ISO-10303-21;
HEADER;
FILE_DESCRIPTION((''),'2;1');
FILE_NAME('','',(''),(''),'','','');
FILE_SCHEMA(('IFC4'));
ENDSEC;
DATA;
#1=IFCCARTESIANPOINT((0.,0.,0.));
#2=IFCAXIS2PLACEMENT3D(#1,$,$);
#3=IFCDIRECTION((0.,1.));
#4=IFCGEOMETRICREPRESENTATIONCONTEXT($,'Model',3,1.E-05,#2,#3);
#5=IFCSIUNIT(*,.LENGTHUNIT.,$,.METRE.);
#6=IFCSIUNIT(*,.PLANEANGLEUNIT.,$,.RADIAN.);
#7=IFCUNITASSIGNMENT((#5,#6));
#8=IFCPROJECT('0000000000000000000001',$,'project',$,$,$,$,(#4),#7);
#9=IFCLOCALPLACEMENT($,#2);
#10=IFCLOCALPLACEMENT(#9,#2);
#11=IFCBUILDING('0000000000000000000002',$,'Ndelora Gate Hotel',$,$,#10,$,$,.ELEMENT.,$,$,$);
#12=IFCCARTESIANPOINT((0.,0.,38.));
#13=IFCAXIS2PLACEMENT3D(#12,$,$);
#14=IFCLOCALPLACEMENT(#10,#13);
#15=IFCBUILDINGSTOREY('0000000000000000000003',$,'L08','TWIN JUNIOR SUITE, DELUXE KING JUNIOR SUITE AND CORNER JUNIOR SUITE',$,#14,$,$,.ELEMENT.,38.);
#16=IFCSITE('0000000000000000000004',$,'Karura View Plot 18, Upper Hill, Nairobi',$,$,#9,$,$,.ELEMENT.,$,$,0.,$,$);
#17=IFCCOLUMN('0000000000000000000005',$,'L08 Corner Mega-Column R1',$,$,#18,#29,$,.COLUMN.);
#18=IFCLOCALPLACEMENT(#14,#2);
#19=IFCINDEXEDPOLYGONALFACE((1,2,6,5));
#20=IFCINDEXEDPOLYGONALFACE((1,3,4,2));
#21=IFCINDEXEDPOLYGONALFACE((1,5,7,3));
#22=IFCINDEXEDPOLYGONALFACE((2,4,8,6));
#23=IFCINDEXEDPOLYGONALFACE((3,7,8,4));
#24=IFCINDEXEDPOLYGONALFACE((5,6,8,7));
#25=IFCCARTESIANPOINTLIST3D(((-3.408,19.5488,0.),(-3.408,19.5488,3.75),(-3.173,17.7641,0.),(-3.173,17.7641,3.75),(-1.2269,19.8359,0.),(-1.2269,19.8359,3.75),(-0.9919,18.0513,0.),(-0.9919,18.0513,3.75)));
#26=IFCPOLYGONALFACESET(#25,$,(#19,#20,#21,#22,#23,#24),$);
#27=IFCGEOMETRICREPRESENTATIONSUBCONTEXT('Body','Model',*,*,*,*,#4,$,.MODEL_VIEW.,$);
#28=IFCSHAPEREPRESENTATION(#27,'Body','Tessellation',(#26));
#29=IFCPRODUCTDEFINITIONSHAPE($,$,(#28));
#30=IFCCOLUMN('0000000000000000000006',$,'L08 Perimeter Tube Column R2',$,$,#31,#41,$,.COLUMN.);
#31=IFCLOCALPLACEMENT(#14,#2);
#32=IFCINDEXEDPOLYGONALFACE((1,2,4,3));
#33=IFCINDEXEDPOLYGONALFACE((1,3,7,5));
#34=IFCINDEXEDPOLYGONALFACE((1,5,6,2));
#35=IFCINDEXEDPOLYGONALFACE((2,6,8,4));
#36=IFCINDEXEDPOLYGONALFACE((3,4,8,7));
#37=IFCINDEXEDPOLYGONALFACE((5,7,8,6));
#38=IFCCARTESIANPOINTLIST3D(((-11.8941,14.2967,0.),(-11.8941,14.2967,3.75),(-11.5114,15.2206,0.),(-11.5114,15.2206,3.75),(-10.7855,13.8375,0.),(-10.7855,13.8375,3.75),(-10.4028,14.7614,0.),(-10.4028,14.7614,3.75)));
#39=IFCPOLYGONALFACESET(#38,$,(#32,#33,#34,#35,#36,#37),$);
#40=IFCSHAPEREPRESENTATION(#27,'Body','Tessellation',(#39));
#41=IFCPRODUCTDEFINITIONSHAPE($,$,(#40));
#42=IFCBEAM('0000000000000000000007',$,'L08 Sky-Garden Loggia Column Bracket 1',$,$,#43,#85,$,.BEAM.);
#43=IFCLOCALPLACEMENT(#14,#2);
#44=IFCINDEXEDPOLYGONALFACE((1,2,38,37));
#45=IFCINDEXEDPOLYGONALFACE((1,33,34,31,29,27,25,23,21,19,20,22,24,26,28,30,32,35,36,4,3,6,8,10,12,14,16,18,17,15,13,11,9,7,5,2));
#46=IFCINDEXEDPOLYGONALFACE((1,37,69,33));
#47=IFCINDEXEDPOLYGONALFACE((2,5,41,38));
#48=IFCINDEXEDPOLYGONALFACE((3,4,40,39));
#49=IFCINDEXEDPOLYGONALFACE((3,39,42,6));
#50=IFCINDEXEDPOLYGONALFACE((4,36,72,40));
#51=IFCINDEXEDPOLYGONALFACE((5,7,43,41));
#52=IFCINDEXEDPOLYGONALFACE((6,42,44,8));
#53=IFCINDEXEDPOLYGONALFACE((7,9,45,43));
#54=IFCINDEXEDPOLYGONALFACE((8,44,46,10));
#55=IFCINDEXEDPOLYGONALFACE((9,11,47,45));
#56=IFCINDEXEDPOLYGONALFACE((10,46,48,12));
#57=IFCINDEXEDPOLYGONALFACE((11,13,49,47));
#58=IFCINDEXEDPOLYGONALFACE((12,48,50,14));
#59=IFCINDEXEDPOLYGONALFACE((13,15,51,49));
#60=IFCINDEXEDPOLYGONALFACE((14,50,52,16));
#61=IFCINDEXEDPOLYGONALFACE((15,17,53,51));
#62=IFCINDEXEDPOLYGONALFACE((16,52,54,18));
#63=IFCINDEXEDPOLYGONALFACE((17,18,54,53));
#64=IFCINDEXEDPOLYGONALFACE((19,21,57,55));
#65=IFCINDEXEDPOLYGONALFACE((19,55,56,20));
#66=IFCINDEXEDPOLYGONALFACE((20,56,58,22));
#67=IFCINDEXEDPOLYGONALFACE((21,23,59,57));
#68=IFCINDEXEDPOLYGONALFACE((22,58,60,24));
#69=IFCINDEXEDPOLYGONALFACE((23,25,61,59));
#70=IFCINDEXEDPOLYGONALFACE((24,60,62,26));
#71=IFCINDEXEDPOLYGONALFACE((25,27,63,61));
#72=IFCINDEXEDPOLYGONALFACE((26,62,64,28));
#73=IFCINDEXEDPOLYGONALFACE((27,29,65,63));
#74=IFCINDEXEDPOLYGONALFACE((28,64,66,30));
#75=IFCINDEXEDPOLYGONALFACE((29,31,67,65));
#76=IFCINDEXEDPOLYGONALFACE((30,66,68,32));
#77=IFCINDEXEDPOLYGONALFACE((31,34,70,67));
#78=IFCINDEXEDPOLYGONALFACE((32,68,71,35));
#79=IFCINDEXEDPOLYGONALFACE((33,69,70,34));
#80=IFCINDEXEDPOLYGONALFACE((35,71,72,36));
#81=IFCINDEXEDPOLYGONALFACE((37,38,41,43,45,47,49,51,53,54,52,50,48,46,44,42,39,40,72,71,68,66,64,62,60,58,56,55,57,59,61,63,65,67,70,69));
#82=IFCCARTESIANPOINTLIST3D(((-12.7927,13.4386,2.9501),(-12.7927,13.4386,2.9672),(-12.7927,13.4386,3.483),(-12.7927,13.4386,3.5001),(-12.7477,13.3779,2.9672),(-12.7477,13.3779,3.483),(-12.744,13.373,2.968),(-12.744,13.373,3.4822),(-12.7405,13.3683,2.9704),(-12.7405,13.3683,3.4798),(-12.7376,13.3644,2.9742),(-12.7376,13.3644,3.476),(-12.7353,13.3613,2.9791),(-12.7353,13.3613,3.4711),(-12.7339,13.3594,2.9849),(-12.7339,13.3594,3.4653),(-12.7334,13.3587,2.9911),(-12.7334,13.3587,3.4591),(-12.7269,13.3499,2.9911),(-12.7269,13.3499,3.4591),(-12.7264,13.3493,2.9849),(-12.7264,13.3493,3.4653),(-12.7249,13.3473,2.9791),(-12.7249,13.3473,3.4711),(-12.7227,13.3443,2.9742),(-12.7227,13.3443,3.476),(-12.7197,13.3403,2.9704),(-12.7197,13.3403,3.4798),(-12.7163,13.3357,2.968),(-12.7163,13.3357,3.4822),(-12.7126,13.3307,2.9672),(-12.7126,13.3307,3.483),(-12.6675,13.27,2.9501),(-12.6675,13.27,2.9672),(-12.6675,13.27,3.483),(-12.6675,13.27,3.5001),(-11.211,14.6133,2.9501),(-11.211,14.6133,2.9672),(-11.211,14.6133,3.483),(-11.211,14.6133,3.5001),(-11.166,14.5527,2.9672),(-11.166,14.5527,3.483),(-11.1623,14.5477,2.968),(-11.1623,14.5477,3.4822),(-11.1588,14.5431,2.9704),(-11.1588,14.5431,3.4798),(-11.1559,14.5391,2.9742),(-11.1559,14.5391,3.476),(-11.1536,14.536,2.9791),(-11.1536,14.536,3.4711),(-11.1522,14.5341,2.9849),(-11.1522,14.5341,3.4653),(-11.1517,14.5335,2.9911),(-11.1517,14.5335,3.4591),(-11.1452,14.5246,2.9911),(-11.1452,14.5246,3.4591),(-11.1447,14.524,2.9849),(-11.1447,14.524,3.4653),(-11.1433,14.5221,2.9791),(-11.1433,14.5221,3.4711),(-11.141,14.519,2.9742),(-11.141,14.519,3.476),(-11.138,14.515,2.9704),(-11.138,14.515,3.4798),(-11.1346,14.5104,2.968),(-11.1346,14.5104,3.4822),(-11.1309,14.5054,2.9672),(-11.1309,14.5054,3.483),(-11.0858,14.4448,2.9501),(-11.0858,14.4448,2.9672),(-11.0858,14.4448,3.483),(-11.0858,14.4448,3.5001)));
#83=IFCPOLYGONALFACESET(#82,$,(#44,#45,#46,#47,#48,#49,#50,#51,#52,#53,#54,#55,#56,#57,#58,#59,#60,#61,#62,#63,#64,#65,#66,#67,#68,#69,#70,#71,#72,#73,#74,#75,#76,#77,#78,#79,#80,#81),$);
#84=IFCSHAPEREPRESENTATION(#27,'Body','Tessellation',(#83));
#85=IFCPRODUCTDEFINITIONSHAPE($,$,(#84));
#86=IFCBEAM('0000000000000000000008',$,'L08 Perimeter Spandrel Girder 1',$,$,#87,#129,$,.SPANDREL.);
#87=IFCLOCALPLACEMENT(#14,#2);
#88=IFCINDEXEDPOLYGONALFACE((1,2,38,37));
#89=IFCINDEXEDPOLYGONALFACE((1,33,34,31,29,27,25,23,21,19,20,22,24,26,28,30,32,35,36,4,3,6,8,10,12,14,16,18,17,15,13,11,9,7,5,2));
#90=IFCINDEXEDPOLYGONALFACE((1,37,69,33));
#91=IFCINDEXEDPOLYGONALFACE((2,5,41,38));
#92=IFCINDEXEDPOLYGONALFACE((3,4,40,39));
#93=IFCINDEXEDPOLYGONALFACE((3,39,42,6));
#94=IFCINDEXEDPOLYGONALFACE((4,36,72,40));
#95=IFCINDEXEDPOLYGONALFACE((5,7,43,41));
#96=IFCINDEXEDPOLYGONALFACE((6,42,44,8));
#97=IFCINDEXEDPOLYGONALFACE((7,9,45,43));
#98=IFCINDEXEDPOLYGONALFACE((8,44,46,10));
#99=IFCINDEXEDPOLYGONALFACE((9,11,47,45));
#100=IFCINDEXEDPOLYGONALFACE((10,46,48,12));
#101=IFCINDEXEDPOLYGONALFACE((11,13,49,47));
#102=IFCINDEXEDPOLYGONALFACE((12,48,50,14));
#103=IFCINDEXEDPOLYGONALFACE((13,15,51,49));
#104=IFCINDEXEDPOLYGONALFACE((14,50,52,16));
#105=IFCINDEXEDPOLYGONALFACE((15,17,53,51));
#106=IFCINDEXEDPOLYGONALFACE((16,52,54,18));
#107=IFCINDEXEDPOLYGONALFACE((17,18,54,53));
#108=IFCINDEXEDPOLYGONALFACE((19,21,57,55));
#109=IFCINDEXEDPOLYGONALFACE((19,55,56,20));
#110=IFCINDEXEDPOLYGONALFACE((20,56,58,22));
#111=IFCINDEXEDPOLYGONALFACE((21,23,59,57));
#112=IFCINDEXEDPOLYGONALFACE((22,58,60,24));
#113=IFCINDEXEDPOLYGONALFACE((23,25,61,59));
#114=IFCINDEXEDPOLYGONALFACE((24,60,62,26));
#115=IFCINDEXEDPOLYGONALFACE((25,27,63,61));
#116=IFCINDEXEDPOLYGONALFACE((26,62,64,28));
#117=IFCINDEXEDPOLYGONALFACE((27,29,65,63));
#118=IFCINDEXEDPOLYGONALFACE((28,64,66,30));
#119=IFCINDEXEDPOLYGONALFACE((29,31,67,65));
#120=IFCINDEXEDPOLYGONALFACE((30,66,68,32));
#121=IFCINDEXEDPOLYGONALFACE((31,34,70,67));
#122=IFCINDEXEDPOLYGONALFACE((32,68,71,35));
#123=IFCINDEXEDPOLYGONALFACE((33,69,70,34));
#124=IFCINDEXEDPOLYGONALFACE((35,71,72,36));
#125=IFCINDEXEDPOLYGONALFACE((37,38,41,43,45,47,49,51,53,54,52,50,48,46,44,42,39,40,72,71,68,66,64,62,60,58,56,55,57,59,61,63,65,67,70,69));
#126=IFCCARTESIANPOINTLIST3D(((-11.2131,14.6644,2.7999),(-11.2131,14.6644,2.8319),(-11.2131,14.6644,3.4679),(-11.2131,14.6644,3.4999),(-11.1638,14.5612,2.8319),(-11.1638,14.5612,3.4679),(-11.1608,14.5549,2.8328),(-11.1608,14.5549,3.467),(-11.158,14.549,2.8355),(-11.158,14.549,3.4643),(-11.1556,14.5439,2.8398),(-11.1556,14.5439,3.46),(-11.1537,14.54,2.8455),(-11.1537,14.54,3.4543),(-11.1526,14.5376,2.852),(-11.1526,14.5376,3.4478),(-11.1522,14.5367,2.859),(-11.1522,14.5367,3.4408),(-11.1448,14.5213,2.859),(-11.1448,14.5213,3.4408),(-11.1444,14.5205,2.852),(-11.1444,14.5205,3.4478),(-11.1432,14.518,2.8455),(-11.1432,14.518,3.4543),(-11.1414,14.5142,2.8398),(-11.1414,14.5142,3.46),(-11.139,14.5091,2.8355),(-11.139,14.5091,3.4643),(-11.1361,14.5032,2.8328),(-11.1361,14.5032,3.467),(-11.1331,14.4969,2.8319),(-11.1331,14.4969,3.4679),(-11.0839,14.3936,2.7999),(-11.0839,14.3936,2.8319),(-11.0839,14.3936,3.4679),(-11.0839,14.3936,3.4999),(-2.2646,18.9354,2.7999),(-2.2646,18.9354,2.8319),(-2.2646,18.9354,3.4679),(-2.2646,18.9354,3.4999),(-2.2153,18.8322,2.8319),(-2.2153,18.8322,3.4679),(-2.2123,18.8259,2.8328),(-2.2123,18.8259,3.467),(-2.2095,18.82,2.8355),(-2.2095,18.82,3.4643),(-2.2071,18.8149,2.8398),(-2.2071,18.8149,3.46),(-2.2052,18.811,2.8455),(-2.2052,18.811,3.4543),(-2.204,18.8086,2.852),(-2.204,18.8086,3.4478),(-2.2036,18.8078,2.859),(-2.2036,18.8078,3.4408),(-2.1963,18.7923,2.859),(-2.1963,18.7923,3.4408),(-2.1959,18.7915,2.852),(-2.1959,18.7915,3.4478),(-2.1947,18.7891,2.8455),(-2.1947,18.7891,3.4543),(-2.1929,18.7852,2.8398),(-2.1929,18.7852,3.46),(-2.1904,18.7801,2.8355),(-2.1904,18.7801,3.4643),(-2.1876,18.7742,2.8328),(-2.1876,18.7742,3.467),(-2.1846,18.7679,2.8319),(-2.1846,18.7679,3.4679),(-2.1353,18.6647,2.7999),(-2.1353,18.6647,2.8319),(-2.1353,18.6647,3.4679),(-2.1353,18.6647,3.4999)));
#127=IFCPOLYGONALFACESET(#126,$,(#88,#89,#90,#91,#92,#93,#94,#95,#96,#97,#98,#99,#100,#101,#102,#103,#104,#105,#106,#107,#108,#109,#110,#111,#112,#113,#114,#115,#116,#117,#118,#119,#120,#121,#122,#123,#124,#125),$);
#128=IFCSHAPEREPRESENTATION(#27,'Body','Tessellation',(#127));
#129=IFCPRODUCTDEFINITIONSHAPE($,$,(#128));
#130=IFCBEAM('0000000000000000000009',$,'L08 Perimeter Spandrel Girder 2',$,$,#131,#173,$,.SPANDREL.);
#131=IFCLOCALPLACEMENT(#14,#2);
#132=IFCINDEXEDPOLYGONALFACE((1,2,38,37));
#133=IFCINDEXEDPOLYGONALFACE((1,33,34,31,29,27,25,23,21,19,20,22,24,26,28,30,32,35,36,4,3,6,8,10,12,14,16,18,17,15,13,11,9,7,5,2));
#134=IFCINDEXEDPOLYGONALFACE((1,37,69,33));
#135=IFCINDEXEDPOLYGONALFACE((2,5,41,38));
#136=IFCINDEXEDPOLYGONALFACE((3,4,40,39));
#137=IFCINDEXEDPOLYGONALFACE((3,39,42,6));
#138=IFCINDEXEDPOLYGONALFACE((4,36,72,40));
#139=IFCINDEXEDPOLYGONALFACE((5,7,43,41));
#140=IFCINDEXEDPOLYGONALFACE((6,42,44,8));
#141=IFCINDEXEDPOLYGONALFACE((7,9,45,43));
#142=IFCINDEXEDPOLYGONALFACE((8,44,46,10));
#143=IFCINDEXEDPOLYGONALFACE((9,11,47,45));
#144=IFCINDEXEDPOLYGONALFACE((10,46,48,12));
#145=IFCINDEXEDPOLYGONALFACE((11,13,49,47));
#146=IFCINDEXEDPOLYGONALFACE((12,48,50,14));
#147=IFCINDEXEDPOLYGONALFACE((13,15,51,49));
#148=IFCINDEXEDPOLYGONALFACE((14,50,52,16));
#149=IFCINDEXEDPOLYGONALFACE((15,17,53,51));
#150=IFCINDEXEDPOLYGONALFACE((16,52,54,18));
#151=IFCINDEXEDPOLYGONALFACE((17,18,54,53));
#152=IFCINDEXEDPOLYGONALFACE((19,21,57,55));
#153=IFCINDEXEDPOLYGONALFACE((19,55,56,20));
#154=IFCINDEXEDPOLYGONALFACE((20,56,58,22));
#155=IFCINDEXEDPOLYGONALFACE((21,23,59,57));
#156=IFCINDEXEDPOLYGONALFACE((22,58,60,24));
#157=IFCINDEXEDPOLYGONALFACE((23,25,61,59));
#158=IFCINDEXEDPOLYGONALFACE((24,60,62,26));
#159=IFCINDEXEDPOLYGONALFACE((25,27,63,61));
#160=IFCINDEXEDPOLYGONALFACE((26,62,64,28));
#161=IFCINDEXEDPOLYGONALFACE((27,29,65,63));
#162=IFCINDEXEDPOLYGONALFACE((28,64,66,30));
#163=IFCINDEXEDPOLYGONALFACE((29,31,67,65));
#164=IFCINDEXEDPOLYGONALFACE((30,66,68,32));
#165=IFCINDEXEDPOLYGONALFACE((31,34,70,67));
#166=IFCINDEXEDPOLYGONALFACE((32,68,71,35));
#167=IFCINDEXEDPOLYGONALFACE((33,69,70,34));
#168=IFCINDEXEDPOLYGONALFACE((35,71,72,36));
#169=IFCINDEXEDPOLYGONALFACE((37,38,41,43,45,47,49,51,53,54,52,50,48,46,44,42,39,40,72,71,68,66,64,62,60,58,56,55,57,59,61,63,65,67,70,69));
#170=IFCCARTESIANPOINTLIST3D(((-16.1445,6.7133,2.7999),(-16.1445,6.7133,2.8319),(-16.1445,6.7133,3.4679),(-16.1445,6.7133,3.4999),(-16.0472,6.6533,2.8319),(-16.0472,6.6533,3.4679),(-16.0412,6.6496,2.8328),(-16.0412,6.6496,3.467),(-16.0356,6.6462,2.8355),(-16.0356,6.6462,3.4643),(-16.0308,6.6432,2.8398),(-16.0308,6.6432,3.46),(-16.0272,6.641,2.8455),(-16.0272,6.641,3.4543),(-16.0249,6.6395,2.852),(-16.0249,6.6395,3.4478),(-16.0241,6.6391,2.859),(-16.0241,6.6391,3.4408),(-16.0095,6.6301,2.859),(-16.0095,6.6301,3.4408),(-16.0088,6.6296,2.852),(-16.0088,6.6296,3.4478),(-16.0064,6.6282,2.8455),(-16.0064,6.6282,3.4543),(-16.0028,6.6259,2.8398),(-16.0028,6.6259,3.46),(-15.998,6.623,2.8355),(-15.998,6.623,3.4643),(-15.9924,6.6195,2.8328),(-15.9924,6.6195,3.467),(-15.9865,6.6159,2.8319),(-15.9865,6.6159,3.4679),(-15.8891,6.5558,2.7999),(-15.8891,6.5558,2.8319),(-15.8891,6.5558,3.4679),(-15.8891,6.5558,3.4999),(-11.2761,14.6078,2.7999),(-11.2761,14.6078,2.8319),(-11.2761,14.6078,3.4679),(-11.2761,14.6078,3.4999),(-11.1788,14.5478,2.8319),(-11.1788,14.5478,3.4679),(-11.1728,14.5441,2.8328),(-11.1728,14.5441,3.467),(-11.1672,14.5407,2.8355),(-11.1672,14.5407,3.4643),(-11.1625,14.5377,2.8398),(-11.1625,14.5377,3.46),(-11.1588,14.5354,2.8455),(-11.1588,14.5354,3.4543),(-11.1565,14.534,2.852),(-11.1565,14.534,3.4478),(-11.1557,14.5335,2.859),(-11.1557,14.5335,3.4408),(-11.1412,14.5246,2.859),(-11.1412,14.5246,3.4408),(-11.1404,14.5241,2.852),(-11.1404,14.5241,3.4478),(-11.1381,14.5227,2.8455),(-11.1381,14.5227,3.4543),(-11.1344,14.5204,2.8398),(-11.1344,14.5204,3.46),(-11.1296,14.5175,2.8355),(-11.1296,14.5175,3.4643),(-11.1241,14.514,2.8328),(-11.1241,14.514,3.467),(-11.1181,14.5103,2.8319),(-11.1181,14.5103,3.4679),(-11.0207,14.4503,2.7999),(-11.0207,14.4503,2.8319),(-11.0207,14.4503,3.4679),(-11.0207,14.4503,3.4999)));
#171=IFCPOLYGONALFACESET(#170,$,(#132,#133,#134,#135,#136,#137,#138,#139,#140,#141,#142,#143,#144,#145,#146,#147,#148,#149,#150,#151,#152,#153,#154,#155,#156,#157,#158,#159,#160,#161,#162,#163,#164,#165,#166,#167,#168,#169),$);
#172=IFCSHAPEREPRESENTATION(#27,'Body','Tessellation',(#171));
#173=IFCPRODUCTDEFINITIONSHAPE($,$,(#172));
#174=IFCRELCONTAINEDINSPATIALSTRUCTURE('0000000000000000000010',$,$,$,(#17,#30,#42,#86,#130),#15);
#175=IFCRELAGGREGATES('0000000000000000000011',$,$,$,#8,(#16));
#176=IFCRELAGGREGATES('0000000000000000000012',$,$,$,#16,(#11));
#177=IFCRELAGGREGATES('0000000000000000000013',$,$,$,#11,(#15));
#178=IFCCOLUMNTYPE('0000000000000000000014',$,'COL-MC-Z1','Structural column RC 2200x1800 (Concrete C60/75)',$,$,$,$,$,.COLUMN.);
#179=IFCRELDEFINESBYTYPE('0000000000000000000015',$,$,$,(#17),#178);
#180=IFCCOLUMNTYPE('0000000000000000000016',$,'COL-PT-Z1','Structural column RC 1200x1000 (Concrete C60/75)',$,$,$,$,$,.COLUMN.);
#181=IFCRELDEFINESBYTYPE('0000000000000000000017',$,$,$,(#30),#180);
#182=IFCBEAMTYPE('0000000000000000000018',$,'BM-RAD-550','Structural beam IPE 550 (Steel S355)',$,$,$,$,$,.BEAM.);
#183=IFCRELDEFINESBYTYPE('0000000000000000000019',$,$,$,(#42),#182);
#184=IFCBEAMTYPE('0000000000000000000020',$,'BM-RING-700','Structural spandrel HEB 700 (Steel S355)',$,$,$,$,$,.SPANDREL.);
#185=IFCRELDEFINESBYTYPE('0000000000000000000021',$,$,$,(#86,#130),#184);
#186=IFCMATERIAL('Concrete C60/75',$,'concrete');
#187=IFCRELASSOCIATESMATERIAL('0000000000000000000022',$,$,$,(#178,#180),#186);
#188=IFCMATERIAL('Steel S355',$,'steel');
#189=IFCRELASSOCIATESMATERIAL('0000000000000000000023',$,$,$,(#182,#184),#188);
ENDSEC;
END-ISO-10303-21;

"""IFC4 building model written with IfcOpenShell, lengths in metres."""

from ifc_helpers import new_model, si_unit, direction, frame, origin, origin_2d, place, context, subcontext, project, spatial, rectangle, i_section, extrude, material, material_profile, profile_set, type_object, element, save


model = new_model("IFC4")

# Units and contexts
model_context = context("Model", 3, precision=1e-05, world=origin(), true_north=direction((0.0, 1.0)))
body_context = subcontext(model_context, "Body", "Model", "MODEL_VIEW")
ifc_project = project(units=[si_unit("LENGTHUNIT", "METRE"), si_unit("PLANEANGLEUNIT", "RADIAN")], contexts=[model_context])

# Site, building, storey
site_placement = place(None, origin())
site = spatial("IfcSite", under=ifc_project, at=site_placement, Name="Karura View Plot 18, Upper Hill, Nairobi", CompositionType="ELEMENT", RefElevation=0.0)
building_placement = place(site_placement, origin())
building = spatial("IfcBuilding", under=site, at=building_placement, Name="Ndelora Gate Hotel", CompositionType="ELEMENT")
storey_placement = place(building_placement, frame((0.0, 0.0, 38.0)))
storey = spatial("IfcBuildingStorey", under=building, at=storey_placement, Name="L08", Description="TWIN JUNIOR SUITE, DELUXE KING JUNIOR SUITE AND CORNER JUNIOR SUITE", CompositionType="ELEMENT", Elevation=38.0)

# Columns
ifc_material_1 = material(Name="Concrete C60/75", Category="concrete")
ifc_material_profile_1 = material_profile(ifc_material_1, rectangle(XDim=1.8, YDim=2.2, at=origin_2d()), Name="RC 2200x1800")
ifc_profile_set_1 = profile_set([ifc_material_profile_1], Name="Concrete C60/75")
column_type_1 = type_object("IfcColumnType", Name="COL-MC-Z1", Description="Structural column RC 2200x1800 (Concrete C60/75)", PredefinedType="COLUMN", material=ifc_profile_set_1)
column_1_placement = place(storey_placement, frame((-2.2, 18.8, 0.0), z_axis=(0.0, 0.0, 1.0), x_axis=(-0.130526, 0.991445, 0.0)))
element("IfcColumn", 1, at=column_1_placement, inside=storey, type_object=column_type_1, Name="L08 Corner Mega-Column R1", PredefinedType="COLUMN", context=body_context, shape_type="SweptSolid", body=[
    extrude(rectangle(XDim=1.8, YDim=2.2, at=origin_2d()), origin(), (0.0, 0.0, 1.0), 3.75),
])
ifc_material_profile_2 = material_profile(ifc_material_1, rectangle(XDim=1.0, YDim=1.2, at=origin_2d()), Name="RC 1200x1000")
ifc_profile_set_2 = profile_set([ifc_material_profile_2], Name="Concrete C60/75")
column_type_2 = type_object("IfcColumnType", Name="COL-PT-Z1", Description="Structural column RC 1200x1000 (Concrete C60/75)", PredefinedType="COLUMN", material=ifc_profile_set_2)
column_2_placement = place(storey_placement, frame((-11.1484, 14.5291, 0.0), z_axis=(0.0, 0.0, 1.0), x_axis=(0.382683, 0.92388, 0.0)))
element("IfcColumn", 2, at=column_2_placement, inside=storey, type_object=column_type_2, Name="L08 Perimeter Tube Column R2", PredefinedType="COLUMN", context=body_context, shape_type="SweptSolid", body=[
    extrude(rectangle(XDim=1.0, YDim=1.2, at=origin_2d()), origin(), (0.0, 0.0, 1.0), 3.75),
])

# Beams
ifc_material_2 = material(Name="Steel S355", Category="steel")
ifc_material_profile_3 = material_profile(ifc_material_2, i_section(OverallWidth=0.21, OverallDepth=0.55, WebThickness=0.011, FlangeThickness=0.0171, FilletRadius=0.0239, at=origin_2d()), Name="IPE 550")
ifc_profile_set_3 = profile_set([ifc_material_profile_3], Name="Steel S355")
beam_type_1 = type_object("IfcBeamType", Name="BM-RAD-550", Description="Structural beam IPE 550 (Steel S355)", PredefinedType="BEAM", material=ifc_profile_set_3)
beam_1_placement = place(storey_placement, frame((-11.1484, 14.5291, 3.2251), z_axis=(-0.802801, -0.596246, 0.0), x_axis=(0.596246, -0.802801, 0.0)))
element("IfcBeam", 3, at=beam_1_placement, inside=storey, type_object=beam_type_1, Name="L08 Sky-Garden Loggia Column Bracket 1", PredefinedType="BEAM", context=body_context, shape_type="SweptSolid", body=[
    extrude(i_section(OverallWidth=0.21, OverallDepth=0.55, WebThickness=0.011, FlangeThickness=0.0171, FilletRadius=0.0239, at=origin_2d()), origin(), (0.0, 0.0, 1.0), 1.9702),
])
ifc_material_profile_4 = material_profile(ifc_material_2, i_section(OverallWidth=0.3, OverallDepth=0.7, WebThickness=0.0171, FlangeThickness=0.032, FilletRadius=0.0271, at=origin_2d()), Name="HEB 700")
ifc_profile_set_4 = profile_set([ifc_material_profile_4], Name="Steel S355")
beam_type_2 = type_object("IfcBeamType", Name="BM-RING-700", Description="Structural spandrel HEB 700 (Steel S355)", PredefinedType="SPANDREL", material=ifc_profile_set_4)
beam_2_placement = place(storey_placement, frame((-2.2, 18.8, 3.1499), z_axis=(-0.902476, -0.43074, 0.0), x_axis=(0.43074, -0.902476, 0.0)))
element("IfcBeam", 4, at=beam_2_placement, inside=storey, type_object=beam_type_2, Name="L08 Perimeter Spandrel Girder 1", PredefinedType="SPANDREL", context=body_context, shape_type="SweptSolid", body=[
    extrude(i_section(OverallWidth=0.3, OverallDepth=0.7, WebThickness=0.0171, FlangeThickness=0.032, FilletRadius=0.0271, at=origin_2d()), origin(), (0.0, 0.0, 1.0), 9.9155),
])
beam_3_placement = place(storey_placement, frame((-11.1484, 14.5291, 3.1499), z_axis=(-0.524898, -0.851165, 0.0), x_axis=(0.851165, -0.524898, 0.0)))
element("IfcBeam", 5, at=beam_3_placement, inside=storey, type_object=beam_type_2, Name="L08 Perimeter Spandrel Girder 2", PredefinedType="SPANDREL", context=body_context, shape_type="SweptSolid", body=[
    extrude(i_section(OverallWidth=0.3, OverallDepth=0.7, WebThickness=0.0171, FlangeThickness=0.032, FilletRadius=0.0271, at=origin_2d()), origin(), (0.0, 0.0, 1.0), 9.2749),
])

save(model, "model.ifc")
